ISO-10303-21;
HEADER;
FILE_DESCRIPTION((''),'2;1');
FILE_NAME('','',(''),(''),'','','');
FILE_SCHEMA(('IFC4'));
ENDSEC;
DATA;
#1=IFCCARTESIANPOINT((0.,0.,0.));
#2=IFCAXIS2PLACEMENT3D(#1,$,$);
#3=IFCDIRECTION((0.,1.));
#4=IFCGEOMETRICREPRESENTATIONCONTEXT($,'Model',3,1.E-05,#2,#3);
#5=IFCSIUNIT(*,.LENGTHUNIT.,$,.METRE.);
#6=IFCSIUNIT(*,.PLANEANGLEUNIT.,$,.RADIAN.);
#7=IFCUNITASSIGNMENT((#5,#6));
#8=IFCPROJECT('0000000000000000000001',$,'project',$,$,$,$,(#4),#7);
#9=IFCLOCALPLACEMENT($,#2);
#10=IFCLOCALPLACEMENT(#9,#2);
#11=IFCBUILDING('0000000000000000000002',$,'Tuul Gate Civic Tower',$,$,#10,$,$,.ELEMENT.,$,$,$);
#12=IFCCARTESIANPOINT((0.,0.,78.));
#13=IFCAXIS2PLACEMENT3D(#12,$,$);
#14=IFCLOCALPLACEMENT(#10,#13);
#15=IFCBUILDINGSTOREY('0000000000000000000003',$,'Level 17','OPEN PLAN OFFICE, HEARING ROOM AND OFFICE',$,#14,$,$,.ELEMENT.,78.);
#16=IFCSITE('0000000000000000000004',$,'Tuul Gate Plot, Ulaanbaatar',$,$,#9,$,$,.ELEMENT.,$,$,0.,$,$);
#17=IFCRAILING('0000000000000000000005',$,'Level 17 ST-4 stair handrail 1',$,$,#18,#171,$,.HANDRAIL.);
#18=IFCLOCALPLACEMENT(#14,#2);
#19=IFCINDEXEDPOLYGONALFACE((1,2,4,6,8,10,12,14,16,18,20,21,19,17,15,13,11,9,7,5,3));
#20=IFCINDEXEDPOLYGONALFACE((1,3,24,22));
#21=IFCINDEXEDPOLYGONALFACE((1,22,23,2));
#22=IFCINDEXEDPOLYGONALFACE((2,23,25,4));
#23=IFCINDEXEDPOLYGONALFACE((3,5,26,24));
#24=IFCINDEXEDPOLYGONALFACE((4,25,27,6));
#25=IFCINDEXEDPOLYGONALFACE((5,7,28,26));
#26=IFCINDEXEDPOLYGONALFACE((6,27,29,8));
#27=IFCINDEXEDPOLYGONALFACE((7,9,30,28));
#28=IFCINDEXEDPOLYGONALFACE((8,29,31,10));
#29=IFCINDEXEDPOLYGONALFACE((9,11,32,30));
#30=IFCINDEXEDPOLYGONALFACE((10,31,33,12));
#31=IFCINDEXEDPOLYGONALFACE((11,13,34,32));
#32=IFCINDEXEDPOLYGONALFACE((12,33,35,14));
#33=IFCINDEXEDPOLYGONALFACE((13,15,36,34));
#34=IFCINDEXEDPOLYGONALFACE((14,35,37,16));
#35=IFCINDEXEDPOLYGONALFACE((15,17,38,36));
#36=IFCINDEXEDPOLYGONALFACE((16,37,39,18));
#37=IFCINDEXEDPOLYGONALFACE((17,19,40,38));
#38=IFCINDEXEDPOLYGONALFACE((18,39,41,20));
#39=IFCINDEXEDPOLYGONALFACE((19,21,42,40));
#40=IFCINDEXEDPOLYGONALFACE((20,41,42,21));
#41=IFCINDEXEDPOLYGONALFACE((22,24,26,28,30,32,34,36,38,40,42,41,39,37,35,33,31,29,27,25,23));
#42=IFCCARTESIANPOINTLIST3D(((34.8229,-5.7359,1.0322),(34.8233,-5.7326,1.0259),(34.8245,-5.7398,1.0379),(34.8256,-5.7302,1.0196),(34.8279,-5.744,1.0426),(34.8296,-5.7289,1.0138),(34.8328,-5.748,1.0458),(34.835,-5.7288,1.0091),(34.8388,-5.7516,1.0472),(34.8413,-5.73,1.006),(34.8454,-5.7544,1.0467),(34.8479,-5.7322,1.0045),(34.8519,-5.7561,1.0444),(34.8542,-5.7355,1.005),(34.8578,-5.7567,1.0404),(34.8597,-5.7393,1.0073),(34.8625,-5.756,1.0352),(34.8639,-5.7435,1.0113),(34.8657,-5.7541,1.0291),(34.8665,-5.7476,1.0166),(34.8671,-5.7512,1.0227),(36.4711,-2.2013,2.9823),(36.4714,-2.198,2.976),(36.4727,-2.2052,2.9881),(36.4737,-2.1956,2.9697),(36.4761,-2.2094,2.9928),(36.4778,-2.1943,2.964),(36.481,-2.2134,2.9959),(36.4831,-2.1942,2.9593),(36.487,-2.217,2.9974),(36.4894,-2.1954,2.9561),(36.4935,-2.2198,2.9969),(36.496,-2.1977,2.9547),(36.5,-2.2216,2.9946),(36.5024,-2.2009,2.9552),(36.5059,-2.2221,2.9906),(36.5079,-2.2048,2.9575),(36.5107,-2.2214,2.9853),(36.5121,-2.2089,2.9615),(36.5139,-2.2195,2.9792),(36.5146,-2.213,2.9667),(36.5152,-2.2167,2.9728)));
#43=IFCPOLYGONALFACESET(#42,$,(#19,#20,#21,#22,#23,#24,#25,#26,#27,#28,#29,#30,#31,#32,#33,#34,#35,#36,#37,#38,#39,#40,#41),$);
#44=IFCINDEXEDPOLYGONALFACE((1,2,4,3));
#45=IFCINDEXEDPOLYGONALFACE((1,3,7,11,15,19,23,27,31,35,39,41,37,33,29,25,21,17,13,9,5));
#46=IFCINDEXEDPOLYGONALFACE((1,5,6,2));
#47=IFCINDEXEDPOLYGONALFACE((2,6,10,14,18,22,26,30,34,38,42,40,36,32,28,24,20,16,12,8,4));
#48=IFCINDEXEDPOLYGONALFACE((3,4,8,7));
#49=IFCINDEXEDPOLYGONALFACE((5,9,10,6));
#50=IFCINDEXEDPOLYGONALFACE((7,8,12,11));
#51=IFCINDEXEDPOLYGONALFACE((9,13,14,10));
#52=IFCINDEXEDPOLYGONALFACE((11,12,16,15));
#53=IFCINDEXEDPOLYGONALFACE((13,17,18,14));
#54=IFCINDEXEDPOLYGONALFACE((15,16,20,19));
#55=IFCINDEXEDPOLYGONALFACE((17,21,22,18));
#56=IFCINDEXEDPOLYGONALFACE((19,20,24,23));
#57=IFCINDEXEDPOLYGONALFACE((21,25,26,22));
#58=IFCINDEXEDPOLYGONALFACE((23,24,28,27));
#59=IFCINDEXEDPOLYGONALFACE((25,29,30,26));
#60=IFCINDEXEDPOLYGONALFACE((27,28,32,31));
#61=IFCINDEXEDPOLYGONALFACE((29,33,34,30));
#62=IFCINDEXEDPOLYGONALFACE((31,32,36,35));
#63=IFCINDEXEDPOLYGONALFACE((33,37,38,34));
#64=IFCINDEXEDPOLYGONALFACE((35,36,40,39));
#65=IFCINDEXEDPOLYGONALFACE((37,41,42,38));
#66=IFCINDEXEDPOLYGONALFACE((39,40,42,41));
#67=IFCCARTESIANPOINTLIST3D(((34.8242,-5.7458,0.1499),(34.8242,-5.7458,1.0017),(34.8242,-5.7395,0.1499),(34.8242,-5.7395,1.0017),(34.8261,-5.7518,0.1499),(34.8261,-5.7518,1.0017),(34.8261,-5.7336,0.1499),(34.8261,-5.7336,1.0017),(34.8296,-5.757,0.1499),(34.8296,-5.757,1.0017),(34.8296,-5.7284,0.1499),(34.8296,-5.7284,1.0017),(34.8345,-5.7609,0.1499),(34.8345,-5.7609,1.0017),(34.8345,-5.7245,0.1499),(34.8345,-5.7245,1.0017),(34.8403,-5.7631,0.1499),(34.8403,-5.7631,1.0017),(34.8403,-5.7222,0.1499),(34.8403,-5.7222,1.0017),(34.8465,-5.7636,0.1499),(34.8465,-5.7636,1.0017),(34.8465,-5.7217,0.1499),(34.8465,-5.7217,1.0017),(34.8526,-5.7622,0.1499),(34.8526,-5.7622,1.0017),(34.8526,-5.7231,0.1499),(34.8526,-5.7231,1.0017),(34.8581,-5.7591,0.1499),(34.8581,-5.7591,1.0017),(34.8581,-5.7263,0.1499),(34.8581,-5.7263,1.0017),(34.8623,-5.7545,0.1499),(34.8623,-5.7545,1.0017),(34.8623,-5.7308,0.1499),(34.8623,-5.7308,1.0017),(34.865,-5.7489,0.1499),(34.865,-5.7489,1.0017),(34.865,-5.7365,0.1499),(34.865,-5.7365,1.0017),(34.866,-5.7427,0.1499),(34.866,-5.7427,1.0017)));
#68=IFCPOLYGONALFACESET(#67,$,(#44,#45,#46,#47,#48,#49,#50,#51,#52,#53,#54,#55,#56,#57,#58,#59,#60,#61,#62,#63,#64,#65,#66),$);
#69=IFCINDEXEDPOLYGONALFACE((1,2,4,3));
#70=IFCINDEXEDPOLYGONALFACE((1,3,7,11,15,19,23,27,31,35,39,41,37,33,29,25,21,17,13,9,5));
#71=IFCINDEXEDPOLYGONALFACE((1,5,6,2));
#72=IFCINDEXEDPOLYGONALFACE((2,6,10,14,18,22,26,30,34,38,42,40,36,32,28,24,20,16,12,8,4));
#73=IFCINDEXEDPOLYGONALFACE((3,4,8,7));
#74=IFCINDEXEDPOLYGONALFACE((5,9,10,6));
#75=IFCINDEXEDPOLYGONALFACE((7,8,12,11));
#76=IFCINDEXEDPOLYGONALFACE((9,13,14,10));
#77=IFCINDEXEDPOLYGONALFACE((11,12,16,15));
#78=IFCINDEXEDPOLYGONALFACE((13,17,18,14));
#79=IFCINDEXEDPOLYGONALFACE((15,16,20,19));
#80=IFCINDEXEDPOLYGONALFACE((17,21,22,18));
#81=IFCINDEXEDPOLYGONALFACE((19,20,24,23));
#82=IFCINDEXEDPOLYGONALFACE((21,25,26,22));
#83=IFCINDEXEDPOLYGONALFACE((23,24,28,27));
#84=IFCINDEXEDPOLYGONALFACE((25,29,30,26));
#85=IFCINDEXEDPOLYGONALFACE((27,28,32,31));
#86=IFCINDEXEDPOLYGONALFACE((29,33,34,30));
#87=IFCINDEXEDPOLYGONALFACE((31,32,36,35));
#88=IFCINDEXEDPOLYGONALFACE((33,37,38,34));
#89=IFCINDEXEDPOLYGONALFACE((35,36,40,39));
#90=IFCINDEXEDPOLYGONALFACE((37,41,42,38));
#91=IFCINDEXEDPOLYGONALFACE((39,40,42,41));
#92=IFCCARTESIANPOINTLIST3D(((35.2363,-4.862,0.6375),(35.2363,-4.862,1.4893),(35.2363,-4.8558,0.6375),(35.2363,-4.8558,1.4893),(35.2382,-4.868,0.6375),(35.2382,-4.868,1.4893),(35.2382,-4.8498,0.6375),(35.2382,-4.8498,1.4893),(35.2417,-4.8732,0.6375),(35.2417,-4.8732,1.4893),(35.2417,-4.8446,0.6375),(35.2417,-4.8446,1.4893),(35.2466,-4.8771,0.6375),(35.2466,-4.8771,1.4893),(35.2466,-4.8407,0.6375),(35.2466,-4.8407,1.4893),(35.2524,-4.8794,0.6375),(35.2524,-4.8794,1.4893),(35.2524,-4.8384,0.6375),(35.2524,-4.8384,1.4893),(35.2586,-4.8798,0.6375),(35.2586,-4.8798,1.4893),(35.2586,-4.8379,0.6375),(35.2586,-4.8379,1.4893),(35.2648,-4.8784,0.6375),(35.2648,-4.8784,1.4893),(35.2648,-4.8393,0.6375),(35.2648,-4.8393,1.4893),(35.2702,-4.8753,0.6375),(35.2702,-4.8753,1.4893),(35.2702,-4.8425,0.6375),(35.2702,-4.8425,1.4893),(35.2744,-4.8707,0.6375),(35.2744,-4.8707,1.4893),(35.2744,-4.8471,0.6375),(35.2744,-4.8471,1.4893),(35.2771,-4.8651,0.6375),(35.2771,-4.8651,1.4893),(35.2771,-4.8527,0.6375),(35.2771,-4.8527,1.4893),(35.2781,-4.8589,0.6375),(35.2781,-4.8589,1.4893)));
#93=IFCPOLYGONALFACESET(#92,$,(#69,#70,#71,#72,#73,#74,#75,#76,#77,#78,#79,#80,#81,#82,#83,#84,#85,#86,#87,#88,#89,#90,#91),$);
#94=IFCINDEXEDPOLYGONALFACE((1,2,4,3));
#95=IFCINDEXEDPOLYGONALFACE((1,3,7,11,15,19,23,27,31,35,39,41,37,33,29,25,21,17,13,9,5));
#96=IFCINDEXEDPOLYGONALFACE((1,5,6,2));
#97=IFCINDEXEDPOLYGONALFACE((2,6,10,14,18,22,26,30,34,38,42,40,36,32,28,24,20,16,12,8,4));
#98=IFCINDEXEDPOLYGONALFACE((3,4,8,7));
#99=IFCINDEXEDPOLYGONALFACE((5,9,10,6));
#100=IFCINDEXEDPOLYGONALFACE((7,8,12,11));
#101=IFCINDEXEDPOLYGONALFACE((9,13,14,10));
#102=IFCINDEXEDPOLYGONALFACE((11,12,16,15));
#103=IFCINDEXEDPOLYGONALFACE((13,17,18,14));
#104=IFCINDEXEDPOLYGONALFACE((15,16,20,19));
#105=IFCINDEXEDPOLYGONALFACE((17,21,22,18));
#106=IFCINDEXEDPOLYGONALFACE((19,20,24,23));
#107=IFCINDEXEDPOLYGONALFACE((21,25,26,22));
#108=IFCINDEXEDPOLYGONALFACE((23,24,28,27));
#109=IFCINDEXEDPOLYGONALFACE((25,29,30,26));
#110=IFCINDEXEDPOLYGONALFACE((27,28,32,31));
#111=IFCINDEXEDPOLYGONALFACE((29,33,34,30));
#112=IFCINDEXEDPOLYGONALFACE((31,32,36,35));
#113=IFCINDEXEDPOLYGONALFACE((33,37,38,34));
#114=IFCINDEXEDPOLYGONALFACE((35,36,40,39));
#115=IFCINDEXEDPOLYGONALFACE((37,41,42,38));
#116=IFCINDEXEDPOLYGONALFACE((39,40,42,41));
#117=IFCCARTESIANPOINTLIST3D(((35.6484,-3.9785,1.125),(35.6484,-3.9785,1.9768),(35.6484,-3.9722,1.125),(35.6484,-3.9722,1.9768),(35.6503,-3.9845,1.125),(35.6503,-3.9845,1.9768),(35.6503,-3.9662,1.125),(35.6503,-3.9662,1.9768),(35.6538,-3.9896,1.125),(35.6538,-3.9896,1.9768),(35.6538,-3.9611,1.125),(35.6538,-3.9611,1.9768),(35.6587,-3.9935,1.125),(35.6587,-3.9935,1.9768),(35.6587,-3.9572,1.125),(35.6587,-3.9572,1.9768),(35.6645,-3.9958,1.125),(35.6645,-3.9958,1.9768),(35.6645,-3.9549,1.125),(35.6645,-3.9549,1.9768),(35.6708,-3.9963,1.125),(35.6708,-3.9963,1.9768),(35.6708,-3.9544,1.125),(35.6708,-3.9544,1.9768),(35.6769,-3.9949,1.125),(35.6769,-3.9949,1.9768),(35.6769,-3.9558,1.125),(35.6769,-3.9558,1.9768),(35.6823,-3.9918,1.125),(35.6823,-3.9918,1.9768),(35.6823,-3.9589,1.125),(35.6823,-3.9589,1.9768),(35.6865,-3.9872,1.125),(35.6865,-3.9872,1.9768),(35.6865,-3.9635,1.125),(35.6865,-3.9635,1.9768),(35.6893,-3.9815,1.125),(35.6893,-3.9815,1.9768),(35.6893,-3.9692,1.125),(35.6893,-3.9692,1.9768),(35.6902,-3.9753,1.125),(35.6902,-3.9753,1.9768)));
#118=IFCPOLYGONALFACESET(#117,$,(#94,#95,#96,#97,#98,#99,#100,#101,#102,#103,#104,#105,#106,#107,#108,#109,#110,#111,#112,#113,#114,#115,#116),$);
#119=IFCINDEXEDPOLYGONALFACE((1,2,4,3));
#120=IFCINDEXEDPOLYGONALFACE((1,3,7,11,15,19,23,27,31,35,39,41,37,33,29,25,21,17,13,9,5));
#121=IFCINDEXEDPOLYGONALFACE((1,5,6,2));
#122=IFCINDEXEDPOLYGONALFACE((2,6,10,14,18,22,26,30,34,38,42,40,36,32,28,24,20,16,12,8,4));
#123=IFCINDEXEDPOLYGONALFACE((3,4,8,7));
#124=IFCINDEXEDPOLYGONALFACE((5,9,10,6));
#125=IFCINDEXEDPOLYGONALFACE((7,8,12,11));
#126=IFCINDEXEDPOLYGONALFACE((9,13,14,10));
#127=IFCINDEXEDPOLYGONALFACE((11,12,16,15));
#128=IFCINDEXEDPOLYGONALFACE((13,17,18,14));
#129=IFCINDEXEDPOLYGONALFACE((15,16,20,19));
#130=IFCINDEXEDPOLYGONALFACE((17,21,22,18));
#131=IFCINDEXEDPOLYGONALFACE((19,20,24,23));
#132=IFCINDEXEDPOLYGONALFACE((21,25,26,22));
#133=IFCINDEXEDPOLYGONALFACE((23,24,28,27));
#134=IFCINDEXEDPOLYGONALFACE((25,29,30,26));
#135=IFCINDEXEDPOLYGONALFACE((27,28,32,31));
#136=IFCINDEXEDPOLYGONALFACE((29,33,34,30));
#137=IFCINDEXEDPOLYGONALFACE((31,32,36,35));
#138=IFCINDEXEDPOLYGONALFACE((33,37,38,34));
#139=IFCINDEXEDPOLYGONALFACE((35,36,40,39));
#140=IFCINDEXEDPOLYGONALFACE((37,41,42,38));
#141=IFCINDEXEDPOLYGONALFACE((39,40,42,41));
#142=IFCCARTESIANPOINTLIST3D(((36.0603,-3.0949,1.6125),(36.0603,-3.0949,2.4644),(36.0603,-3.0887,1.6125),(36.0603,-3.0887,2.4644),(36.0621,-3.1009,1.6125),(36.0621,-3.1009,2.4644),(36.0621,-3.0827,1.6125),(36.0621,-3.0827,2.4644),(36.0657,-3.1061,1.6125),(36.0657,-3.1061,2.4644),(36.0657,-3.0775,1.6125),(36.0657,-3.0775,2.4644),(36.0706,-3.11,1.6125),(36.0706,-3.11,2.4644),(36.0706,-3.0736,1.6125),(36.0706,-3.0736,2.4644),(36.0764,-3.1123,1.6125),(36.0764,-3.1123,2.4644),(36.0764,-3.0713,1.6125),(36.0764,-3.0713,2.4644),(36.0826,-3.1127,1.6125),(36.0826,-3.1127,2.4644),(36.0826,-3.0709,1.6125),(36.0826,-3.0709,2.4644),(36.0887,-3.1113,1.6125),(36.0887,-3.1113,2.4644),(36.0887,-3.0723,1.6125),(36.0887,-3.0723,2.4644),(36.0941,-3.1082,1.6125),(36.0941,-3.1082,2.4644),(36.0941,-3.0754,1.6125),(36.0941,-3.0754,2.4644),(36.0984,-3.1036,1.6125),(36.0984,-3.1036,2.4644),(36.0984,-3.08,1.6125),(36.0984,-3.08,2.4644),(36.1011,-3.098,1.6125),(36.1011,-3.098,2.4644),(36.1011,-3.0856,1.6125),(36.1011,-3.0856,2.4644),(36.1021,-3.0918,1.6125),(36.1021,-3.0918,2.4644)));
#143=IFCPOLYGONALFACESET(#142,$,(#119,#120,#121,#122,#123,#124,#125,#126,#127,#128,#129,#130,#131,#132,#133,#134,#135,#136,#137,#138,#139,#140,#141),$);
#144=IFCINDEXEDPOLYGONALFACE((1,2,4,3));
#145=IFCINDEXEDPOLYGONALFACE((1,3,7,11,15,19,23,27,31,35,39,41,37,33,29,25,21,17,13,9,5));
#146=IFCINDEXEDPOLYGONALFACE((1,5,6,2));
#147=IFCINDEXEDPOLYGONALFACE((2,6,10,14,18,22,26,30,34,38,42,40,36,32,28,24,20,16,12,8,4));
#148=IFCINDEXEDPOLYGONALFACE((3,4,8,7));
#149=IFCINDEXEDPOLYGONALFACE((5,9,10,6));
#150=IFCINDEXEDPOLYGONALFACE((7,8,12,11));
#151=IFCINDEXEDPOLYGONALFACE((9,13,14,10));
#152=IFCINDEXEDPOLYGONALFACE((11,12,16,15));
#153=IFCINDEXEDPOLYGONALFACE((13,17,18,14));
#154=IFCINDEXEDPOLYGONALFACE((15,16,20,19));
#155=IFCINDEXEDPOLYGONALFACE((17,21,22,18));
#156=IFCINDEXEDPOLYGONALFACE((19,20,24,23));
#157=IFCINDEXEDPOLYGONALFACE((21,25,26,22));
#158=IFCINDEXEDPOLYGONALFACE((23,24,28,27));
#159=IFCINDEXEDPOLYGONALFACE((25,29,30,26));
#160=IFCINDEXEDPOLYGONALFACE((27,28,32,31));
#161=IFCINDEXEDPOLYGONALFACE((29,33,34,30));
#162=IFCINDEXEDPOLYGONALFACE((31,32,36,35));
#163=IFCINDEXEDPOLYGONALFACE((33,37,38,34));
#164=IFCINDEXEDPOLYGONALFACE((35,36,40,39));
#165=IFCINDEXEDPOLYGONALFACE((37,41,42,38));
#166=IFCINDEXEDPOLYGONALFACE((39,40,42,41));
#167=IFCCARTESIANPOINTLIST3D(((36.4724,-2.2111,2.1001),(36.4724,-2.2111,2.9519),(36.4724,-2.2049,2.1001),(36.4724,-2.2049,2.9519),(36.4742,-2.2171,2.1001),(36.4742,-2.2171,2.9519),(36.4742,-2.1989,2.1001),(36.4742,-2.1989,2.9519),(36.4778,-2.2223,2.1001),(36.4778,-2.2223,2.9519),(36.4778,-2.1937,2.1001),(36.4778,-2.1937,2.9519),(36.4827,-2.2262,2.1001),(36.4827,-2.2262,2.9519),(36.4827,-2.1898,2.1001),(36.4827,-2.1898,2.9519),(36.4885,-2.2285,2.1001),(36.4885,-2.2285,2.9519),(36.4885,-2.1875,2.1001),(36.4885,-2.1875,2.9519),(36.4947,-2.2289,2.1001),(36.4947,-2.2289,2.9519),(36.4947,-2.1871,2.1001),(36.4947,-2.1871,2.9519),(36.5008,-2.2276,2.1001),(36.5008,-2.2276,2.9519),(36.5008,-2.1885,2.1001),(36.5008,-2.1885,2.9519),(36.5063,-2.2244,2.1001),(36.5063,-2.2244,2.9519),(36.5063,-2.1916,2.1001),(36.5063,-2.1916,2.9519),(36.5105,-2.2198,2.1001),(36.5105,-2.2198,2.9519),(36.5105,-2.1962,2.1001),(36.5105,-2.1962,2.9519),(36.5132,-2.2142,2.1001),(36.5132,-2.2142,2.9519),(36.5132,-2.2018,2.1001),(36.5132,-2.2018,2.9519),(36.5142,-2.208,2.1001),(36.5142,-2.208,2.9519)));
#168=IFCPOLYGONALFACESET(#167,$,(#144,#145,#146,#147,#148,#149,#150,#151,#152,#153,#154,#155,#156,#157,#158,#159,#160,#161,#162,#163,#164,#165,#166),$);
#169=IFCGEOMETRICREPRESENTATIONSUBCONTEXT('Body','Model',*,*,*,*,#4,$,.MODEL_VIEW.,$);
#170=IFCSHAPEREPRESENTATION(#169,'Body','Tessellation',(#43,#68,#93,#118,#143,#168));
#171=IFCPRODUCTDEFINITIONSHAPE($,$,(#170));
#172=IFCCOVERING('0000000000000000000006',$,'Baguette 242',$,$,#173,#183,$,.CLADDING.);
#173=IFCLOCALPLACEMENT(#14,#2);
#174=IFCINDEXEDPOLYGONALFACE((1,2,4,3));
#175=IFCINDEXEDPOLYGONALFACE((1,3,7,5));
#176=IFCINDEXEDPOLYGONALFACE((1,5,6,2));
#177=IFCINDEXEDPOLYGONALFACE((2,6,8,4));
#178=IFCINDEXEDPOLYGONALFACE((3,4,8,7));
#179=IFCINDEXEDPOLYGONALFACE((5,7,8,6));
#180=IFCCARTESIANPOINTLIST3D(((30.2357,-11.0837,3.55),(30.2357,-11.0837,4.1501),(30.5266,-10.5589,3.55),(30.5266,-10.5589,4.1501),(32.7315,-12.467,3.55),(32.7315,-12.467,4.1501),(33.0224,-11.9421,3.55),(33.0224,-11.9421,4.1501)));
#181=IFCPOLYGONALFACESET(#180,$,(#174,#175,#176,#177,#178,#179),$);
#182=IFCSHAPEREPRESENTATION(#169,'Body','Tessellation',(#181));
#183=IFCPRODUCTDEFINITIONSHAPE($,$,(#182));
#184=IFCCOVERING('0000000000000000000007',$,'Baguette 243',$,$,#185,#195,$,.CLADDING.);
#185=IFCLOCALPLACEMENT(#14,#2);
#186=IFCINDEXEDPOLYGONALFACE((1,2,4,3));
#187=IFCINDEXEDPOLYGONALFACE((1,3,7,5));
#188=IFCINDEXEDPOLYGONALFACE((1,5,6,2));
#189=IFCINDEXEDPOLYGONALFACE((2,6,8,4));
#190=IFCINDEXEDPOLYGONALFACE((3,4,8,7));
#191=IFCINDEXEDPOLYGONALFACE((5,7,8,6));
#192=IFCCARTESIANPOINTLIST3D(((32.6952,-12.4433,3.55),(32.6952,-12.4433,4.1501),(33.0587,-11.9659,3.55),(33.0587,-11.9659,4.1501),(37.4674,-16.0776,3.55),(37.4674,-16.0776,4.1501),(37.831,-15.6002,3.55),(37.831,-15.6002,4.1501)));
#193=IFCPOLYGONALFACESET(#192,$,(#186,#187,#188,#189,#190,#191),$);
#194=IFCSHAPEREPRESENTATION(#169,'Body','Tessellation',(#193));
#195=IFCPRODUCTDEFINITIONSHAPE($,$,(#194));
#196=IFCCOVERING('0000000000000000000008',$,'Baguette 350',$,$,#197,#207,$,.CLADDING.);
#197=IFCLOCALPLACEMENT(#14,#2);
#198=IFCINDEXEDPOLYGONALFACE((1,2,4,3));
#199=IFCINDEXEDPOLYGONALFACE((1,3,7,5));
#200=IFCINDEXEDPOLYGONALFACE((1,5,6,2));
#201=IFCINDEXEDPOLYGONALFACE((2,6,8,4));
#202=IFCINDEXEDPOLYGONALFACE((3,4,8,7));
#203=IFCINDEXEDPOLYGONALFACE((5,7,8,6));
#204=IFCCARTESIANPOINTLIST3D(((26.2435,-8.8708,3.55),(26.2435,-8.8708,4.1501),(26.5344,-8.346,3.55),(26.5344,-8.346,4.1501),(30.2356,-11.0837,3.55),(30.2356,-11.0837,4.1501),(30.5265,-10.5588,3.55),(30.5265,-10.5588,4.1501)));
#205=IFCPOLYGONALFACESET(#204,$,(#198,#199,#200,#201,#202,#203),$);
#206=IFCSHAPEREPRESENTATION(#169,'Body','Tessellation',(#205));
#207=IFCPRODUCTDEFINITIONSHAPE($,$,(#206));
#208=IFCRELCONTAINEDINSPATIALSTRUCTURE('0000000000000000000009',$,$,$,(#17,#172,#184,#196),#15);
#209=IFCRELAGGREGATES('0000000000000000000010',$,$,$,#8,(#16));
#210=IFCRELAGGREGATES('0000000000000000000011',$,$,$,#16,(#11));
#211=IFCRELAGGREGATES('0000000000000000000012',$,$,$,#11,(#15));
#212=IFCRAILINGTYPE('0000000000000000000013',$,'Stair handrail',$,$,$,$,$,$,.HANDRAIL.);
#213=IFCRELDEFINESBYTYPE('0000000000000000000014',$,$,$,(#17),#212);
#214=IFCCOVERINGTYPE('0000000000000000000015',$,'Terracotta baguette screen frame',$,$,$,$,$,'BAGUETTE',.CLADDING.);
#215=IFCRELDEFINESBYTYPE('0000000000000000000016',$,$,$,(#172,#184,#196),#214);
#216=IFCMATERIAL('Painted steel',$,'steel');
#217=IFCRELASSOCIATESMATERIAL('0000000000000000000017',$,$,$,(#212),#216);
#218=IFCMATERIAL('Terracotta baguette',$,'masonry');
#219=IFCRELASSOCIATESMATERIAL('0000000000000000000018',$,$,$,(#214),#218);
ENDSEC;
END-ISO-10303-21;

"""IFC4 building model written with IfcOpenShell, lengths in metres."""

from ifc_helpers import new_model, si_unit, direction, frame, origin, origin_2d, place, context, subcontext, project, spatial, rectangle, circle, extrude, material, material_profile, profile_set, type_object, element, save


model = new_model("IFC4")

# Units and contexts
model_context = context("Model", 3, precision=1e-05, world=origin(), true_north=direction((0.0, 1.0)))
body_context = subcontext(model_context, "Body", "Model", "MODEL_VIEW")
ifc_project = project(units=[si_unit("LENGTHUNIT", "METRE"), si_unit("PLANEANGLEUNIT", "RADIAN")], contexts=[model_context])

# Site, building, storey
site_placement = place(None, origin())
site = spatial("IfcSite", under=ifc_project, at=site_placement, Name="Tuul Gate Plot, Ulaanbaatar", CompositionType="ELEMENT", RefElevation=0.0)
building_placement = place(site_placement, origin())
building = spatial("IfcBuilding", under=site, at=building_placement, Name="Tuul Gate Civic Tower", CompositionType="ELEMENT")
storey_placement = place(building_placement, frame((0.0, 0.0, 78.0)))
storey = spatial("IfcBuildingStorey", under=building, at=storey_placement, Name="Level 17", Description="OPEN PLAN OFFICE, HEARING ROOM AND OFFICE", CompositionType="ELEMENT", Elevation=78.0)

# Railing
ifc_material_1 = material(Name="Painted steel", Category="steel")
railing_type = type_object("IfcRailingType", Name="Stair handrail", PredefinedType="HANDRAIL", material=ifc_material_1)
railing_placement = place(storey_placement, frame((34.845, -5.7427, 0.1499)))
element("IfcRailing", 1, at=railing_placement, inside=storey, type_object=railing_type, Name="Level 17 ST-4 stair handrail 1", PredefinedType="HANDRAIL", context=body_context, shape_type="SweptSolid", body=[
    extrude(circle(Radius=0.0239, at=origin_2d()), frame((0.0, 0.0, 0.876), z_axis=(0.377985, 0.810617, 0.447245), x_axis=(-0.906313, 0.422608, 0.0)), (0.0, 0.0, 1.0), 4.3604),
    extrude(circle(Radius=0.021, at=origin_2d()), origin(), (0.0, 0.0, 1.0), 0.8518),
    extrude(circle(Radius=0.021, at=origin_2d()), frame((0.4121, 0.8838, 0.4875)), (0.0, 0.0, 1.0), 0.8518),
    extrude(circle(Radius=0.021, at=origin_2d()), frame((0.8242, 1.7673, 0.9751)), (0.0, 0.0, 1.0), 0.8518),
    extrude(circle(Radius=0.021, at=origin_2d()), frame((1.2361, 2.6509, 1.4626)), (0.0, 0.0, 1.0), 0.8518),
    extrude(circle(Radius=0.021, at=origin_2d()), frame((1.6482, 3.5347, 1.9502)), (0.0, 0.0, 1.0), 0.8518),
])

# Coverings
ifc_material_2 = material(Name="Terracotta baguette", Category="masonry")
ifc_material_profile_1 = material_profile(ifc_material_2, rectangle(XDim=0.6001, YDim=0.6001, at=origin_2d()), Name="Terracotta baguette screen frame")
ifc_profile_set_1 = profile_set([ifc_material_profile_1], Name="Terracotta baguette")
covering_type = type_object("IfcCoveringType", Name="Terracotta baguette screen frame", ElementType="BAGUETTE", PredefinedType="CLADDING", material=ifc_profile_set_1)
covering_1_placement = place(storey_placement, frame((30.3811, -10.8213, 3.8501), z_axis=(0.874645, -0.484764, 0.0), x_axis=(0.484764, 0.874645, 0.0)))
element("IfcCovering", 2, at=covering_1_placement, inside=storey, type_object=covering_type, Name="Baguette 242", PredefinedType="CLADDING", context=body_context, shape_type="SweptSolid", body=[
    extrude(rectangle(XDim=0.6001, YDim=0.6001, at=origin_2d()), origin(), (0.0, 0.0, 1.0), 2.8535),
])
covering_2_placement = place(storey_placement, frame((32.877, -12.2046, 3.8501), z_axis=(0.795568, -0.605864, 0.0), x_axis=(0.605864, 0.795568, 0.0)))
element("IfcCovering", 3, at=covering_2_placement, inside=storey, type_object=covering_type, Name="Baguette 243", PredefinedType="CLADDING", context=body_context, shape_type="SweptSolid", body=[
    extrude(rectangle(XDim=0.6001, YDim=0.6001, at=origin_2d()), origin(), (0.0, 0.0, 1.0), 5.9985),
])
covering_3_placement = place(storey_placement, frame((26.3889, -8.6084, 3.8501), z_axis=(0.874621, -0.484807, 0.0), x_axis=(0.484807, 0.874621, 0.0)))
element("IfcCovering", 4, at=covering_3_placement, inside=storey, type_object=covering_type, Name="Baguette 350", PredefinedType="CLADDING", context=body_context, shape_type="SweptSolid", body=[
    extrude(rectangle(XDim=0.6001, YDim=0.6001, at=origin_2d()), origin(), (0.0, 0.0, 1.0), 4.5645),
])

save(model, "model.ifc")
